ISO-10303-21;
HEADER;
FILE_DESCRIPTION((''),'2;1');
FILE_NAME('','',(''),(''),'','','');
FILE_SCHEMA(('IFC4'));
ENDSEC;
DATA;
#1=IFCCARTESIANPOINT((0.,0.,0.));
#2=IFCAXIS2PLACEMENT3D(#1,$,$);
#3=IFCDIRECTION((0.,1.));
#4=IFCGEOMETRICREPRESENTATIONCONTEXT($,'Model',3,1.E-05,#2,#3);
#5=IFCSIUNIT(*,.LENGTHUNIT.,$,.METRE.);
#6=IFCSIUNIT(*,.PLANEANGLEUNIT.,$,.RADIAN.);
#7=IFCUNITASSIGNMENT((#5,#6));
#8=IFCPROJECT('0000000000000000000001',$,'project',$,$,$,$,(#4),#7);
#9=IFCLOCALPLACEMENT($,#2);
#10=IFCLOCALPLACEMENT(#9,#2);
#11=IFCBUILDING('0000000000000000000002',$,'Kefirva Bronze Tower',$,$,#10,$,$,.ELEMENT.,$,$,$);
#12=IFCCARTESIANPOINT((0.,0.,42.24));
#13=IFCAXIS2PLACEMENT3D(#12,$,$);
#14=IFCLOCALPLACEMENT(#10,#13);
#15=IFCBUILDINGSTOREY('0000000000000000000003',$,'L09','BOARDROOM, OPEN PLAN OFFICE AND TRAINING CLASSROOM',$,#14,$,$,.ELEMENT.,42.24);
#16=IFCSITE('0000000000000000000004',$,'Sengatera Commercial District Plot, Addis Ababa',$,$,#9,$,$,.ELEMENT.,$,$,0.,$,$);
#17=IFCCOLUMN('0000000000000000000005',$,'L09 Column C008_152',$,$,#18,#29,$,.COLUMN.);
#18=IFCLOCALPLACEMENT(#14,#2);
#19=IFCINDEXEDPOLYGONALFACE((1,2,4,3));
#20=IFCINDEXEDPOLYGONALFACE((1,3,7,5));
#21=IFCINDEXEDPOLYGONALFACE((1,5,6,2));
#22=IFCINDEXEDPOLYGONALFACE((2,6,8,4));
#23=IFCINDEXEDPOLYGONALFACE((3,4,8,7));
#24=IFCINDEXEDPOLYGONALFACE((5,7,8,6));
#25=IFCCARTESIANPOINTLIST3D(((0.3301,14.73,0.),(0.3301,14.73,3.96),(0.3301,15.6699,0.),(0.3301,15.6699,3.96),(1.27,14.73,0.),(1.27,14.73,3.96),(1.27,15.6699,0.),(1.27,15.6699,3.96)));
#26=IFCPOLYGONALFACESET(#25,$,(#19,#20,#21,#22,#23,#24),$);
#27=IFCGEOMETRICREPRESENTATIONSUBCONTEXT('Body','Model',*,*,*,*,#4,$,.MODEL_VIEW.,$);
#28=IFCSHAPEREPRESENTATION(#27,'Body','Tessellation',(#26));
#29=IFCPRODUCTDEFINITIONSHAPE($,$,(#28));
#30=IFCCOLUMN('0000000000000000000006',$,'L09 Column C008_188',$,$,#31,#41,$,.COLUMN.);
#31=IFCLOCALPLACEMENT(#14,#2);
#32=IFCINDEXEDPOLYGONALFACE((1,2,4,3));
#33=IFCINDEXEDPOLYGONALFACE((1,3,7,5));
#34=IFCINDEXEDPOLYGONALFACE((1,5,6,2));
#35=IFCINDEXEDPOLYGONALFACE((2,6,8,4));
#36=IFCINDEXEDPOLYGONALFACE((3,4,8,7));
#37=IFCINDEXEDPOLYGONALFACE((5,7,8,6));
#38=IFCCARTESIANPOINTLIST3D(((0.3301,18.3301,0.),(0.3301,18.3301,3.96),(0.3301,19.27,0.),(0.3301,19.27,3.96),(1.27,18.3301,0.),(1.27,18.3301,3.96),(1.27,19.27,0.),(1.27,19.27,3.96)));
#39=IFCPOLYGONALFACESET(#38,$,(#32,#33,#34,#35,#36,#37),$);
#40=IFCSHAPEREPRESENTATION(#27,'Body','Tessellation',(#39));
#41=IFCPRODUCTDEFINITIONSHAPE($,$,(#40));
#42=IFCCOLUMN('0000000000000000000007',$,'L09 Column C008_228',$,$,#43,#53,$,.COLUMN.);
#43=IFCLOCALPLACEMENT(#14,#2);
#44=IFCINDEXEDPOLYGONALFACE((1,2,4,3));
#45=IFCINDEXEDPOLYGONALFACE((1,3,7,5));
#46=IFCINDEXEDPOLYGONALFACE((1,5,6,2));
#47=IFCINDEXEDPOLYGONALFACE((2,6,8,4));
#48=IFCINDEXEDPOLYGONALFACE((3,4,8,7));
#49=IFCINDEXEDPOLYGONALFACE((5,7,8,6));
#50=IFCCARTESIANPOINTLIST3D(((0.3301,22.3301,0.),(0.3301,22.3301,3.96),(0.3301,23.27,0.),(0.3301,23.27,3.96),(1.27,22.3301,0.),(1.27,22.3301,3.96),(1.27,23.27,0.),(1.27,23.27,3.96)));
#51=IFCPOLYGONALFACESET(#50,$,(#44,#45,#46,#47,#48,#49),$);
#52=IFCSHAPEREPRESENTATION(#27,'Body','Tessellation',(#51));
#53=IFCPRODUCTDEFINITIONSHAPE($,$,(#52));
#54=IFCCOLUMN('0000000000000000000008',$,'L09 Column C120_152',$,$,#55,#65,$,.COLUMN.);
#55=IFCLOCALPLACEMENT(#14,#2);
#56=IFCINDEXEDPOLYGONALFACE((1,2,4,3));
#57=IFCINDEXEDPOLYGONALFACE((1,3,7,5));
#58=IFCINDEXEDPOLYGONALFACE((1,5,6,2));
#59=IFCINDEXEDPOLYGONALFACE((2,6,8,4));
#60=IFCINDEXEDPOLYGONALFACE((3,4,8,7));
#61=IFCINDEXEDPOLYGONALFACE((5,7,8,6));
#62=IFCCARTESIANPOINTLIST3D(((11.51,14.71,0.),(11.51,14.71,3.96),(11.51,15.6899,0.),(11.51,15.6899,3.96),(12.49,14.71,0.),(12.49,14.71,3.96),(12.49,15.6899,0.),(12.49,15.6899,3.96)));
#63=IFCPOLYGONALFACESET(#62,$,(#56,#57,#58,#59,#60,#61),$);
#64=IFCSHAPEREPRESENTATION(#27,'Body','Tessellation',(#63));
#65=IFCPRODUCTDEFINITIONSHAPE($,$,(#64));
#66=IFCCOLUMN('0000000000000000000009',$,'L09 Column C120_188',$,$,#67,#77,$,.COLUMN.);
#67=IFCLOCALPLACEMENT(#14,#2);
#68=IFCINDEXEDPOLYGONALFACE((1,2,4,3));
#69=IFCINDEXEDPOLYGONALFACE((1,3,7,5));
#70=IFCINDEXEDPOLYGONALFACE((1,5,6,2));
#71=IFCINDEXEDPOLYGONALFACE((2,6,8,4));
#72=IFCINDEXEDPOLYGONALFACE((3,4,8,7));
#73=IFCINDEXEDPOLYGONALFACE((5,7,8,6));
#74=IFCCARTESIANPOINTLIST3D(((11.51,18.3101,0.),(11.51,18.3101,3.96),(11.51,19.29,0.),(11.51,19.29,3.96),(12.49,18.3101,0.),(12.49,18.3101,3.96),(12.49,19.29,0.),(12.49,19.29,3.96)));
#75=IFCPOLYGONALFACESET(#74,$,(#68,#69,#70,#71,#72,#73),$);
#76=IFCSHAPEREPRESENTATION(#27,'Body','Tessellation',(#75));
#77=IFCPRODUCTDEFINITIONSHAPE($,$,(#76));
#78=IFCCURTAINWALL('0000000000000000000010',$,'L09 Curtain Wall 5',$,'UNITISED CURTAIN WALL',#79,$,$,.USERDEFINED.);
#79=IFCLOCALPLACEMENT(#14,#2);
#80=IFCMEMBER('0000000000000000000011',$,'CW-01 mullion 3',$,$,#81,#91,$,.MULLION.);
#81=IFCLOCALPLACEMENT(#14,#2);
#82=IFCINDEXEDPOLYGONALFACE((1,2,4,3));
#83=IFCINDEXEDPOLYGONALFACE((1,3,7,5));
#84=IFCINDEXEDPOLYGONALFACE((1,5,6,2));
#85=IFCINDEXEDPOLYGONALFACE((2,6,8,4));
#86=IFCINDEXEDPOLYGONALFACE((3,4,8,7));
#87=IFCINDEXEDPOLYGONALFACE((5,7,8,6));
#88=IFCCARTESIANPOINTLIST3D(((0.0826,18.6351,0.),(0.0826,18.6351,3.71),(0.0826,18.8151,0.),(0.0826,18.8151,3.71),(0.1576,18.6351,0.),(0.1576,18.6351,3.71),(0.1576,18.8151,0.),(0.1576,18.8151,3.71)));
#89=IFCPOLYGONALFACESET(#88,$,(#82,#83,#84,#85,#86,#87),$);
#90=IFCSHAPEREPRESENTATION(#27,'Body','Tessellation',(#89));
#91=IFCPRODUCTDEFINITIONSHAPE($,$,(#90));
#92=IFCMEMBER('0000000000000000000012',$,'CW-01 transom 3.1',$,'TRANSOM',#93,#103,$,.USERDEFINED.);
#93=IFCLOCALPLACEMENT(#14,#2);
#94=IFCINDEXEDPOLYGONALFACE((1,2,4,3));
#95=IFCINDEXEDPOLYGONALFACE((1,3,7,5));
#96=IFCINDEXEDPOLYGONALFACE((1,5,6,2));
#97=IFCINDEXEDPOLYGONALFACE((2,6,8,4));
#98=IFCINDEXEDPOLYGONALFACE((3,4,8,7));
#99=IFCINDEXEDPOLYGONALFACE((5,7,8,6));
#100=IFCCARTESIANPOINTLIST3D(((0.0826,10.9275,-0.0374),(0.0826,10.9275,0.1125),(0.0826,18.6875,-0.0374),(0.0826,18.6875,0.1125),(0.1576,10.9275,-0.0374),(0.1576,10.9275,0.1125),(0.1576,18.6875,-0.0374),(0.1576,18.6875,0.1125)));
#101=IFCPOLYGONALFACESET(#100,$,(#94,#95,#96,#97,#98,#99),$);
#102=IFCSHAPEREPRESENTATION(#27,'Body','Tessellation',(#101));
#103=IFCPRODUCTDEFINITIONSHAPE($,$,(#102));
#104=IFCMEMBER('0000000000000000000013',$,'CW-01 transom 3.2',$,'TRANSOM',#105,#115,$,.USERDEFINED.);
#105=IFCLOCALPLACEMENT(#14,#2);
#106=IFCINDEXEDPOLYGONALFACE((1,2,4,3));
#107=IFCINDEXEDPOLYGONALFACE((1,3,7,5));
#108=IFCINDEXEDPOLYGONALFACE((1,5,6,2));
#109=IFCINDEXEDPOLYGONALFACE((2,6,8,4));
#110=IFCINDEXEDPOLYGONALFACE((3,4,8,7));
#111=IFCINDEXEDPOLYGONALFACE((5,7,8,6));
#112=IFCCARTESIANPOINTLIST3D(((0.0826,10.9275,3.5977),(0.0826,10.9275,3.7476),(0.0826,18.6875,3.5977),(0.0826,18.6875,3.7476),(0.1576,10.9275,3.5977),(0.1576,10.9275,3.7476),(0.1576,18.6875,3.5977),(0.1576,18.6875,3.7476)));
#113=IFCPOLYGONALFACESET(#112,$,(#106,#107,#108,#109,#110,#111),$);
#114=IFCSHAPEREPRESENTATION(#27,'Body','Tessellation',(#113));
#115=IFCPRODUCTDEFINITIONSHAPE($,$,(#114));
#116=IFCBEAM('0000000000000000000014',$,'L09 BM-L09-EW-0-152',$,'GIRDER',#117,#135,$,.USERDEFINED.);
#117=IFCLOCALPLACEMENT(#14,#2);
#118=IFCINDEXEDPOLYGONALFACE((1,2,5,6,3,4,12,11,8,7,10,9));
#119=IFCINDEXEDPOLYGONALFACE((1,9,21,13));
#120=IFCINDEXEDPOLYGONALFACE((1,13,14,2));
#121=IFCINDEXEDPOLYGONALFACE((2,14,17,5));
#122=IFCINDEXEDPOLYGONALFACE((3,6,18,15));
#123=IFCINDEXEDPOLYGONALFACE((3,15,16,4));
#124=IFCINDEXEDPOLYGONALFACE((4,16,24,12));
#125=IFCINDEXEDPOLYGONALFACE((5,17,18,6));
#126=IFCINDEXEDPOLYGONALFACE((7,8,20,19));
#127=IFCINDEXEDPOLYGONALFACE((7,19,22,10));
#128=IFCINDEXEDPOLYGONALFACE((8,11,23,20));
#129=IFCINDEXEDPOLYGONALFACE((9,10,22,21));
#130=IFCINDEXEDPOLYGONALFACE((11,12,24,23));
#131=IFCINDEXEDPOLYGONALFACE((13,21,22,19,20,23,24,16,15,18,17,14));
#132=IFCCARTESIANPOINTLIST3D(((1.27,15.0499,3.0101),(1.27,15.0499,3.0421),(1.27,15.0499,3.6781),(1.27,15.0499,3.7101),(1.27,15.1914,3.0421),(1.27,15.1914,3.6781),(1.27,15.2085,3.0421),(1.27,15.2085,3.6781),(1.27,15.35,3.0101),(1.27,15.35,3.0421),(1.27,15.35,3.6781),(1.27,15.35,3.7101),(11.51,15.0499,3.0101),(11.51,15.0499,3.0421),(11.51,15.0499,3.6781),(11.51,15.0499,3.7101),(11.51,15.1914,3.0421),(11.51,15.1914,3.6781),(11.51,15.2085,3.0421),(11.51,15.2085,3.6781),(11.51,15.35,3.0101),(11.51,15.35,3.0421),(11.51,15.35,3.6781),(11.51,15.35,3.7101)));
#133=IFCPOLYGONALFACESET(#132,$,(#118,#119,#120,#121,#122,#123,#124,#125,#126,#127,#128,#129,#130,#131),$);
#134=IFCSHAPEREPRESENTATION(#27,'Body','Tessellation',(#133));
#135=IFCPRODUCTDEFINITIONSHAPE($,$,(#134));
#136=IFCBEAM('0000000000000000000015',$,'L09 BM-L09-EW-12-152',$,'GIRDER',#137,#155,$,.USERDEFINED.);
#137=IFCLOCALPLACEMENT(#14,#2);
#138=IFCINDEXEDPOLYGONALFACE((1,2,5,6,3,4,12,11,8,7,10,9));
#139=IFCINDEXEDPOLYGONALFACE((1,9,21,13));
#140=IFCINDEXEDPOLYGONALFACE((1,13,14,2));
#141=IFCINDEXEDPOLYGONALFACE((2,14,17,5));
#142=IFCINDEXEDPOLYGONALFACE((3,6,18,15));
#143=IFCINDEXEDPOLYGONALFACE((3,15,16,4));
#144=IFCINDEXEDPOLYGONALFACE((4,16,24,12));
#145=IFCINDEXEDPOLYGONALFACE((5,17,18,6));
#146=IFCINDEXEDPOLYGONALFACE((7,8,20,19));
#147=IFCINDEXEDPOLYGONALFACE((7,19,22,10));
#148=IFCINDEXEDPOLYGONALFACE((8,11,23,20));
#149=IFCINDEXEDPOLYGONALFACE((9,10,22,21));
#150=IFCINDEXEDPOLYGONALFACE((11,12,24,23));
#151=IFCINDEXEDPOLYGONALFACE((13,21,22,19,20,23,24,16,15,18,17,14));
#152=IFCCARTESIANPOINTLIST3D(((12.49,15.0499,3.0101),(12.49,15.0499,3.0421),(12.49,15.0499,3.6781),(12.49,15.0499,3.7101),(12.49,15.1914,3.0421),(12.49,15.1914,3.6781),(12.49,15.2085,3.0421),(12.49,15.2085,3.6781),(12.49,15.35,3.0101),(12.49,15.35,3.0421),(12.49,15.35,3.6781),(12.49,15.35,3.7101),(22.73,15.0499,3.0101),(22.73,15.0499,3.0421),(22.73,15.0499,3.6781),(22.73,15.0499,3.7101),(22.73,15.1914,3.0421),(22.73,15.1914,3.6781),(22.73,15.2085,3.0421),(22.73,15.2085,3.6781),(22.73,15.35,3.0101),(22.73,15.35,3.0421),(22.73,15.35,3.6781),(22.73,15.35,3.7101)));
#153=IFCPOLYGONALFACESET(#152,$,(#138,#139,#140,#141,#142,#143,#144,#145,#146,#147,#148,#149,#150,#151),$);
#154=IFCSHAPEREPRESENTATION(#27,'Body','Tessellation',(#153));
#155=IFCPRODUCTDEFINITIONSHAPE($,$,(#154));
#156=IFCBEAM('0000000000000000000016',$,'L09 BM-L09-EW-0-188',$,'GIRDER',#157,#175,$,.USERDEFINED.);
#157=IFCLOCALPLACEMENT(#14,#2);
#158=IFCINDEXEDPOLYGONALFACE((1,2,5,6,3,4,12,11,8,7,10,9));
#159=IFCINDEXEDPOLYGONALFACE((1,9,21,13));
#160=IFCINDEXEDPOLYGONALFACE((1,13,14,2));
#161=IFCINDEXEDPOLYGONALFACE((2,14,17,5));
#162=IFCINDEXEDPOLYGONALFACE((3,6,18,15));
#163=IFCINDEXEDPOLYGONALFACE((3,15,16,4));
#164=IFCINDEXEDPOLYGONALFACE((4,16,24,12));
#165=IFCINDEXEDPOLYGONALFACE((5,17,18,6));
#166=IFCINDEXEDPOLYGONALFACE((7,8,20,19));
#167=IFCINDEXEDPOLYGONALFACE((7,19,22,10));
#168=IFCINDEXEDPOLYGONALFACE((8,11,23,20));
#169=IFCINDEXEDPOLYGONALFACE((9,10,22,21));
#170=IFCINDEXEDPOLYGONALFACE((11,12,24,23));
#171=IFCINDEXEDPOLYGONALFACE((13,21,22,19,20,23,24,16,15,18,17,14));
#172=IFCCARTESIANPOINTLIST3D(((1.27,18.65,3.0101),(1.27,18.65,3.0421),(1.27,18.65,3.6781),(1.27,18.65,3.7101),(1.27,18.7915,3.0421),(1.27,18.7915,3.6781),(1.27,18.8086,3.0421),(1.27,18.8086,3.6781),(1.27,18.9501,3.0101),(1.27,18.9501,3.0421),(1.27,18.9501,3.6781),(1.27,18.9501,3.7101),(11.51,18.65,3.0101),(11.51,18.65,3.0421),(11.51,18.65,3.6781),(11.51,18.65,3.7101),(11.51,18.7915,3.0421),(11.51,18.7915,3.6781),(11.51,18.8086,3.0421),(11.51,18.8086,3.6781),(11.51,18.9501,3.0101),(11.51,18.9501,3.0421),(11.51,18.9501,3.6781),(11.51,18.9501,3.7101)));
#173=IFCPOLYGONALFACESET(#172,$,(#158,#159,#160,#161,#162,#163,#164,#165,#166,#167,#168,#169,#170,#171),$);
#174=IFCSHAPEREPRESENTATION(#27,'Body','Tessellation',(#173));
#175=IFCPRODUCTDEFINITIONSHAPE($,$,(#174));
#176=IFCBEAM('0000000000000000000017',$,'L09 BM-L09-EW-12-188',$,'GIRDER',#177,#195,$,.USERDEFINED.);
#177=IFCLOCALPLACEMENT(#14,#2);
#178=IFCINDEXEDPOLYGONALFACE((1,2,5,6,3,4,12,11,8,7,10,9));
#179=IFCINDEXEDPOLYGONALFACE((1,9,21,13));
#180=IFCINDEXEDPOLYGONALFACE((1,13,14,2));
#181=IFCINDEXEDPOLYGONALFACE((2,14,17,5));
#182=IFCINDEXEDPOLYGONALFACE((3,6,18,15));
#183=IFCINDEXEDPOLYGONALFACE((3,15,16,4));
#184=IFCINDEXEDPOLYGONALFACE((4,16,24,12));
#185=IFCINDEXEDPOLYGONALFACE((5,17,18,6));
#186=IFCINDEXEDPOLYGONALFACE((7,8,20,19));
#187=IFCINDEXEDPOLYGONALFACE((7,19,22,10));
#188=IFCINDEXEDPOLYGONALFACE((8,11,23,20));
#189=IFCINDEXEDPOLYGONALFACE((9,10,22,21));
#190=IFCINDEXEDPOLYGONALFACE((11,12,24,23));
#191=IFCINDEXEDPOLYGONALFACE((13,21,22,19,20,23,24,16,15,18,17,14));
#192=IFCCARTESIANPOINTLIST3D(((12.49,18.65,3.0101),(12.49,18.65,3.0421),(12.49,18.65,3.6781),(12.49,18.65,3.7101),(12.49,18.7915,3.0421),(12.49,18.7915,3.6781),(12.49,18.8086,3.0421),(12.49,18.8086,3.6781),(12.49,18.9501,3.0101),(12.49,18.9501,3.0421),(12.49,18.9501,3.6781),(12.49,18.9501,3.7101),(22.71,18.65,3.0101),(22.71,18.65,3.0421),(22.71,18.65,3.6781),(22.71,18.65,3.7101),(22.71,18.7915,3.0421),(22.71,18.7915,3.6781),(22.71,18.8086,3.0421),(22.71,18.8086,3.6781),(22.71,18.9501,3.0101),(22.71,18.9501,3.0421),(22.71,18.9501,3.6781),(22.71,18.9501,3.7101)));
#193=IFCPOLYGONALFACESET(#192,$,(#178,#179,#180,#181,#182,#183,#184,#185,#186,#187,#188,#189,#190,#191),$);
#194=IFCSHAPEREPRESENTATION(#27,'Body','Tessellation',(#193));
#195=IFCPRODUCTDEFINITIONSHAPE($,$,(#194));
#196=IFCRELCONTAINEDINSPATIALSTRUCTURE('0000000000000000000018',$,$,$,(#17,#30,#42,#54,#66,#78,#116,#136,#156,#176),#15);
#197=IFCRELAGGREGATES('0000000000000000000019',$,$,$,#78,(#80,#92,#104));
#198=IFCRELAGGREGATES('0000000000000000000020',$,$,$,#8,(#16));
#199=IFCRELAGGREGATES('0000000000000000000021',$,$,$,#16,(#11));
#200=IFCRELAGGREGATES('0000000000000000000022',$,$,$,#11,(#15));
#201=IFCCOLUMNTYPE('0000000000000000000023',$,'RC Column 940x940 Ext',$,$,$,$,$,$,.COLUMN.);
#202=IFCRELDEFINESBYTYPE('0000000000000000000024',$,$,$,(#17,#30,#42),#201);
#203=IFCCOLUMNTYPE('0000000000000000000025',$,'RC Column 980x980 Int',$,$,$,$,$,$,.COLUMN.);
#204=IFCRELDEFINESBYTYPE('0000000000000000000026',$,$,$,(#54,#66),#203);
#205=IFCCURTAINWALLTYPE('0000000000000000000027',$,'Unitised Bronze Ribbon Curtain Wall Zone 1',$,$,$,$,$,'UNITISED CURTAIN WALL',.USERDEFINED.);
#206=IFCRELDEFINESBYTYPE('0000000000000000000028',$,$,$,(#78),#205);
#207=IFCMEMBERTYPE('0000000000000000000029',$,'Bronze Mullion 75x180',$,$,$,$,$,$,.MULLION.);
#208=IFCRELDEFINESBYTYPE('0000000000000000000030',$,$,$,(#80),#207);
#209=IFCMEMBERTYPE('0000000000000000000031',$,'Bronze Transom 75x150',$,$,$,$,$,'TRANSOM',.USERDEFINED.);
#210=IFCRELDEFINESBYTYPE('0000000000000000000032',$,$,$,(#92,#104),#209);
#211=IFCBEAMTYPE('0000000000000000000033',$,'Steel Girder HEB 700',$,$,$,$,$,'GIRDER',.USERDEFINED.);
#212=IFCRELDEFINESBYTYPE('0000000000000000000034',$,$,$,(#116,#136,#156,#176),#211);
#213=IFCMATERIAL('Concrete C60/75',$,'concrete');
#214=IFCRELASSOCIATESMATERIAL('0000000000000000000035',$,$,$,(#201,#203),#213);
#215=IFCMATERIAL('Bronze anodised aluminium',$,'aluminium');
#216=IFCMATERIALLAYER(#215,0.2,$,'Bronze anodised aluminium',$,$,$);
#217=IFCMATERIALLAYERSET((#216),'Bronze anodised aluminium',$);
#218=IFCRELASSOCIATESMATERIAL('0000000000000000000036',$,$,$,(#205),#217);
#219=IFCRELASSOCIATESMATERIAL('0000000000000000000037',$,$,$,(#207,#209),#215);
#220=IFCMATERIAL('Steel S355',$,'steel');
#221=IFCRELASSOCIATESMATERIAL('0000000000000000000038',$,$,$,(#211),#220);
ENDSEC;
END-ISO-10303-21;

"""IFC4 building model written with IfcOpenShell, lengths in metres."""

from ifc_helpers import new_model, si_unit, direction, frame, origin, origin_2d, place, context, subcontext, project, spatial, rectangle, i_section, extrude, material, layer, layer_set, material_profile, profile_set, type_object, element, aggregate, save


model = new_model("IFC4")

# Units and contexts
model_context = context("Model", 3, precision=1e-05, world=origin(), true_north=direction((0.0, 1.0)))
body_context = subcontext(model_context, "Body", "Model", "MODEL_VIEW")
ifc_project = project(units=[si_unit("LENGTHUNIT", "METRE"), si_unit("PLANEANGLEUNIT", "RADIAN")], contexts=[model_context])

# Site, building, storey
site_placement = place(None, origin())
site = spatial("IfcSite", under=ifc_project, at=site_placement, Name="Sengatera Commercial District Plot, Addis Ababa", CompositionType="ELEMENT", RefElevation=0.0)
building_placement = place(site_placement, origin())
building = spatial("IfcBuilding", under=site, at=building_placement, Name="Kefirva Bronze Tower", CompositionType="ELEMENT")
storey_placement = place(building_placement, frame((0.0, 0.0, 42.24)))
storey = spatial("IfcBuildingStorey", under=building, at=storey_placement, Name="L09", Description="BOARDROOM, OPEN PLAN OFFICE AND TRAINING CLASSROOM", CompositionType="ELEMENT", Elevation=42.24)

# Columns
ifc_material_1 = material(Name="Concrete C60/75", Category="concrete")
ifc_material_profile_1 = material_profile(ifc_material_1, rectangle(XDim=0.9399, YDim=0.9399, at=origin_2d()), Name="RC 940x940")
ifc_profile_set_1 = profile_set([ifc_material_profile_1], Name="Concrete C60/75")
column_type_1 = type_object("IfcColumnType", Name="RC Column 940x940 Ext", PredefinedType="COLUMN", material=ifc_profile_set_1)
for number, where, z_axis, x_axis, name in (
    (1, (0.8, 15.2, 0.0), (0.0, 0.0, 1.0), (1.0, 0.0, 0.0), "L09 Column C008_152"),
    (2, (0.8, 18.8, 0.0), (0.0, 0.0, 1.0), (1.0, 0.0, 0.0), "L09 Column C008_188"),
    (3, (0.8, 22.8, 0.0), (0.0, 0.0, 1.0), (1.0, 0.0, 0.0), "L09 Column C008_228"),
):
    element("IfcColumn", number, at=place(storey_placement, frame(where, z_axis=z_axis, x_axis=x_axis)), inside=storey, type_object=column_type_1, Name=name, PredefinedType="COLUMN", context=body_context, shape_type="SweptSolid", body=[
        extrude(rectangle(XDim=0.9399, YDim=0.9399, at=origin_2d()), origin(), (0.0, 0.0, 1.0), 3.96),
    ])
ifc_material_profile_2 = material_profile(ifc_material_1, rectangle(XDim=0.98, YDim=0.98, at=origin_2d()), Name="RC 980x980")
ifc_profile_set_2 = profile_set([ifc_material_profile_2], Name="Concrete C60/75")
column_type_2 = type_object("IfcColumnType", Name="RC Column 980x980 Int", PredefinedType="COLUMN", material=ifc_profile_set_2)
for number, where, z_axis, x_axis, name in (
    (4, (12.0, 15.2, 0.0), (0.0, 0.0, 1.0), (1.0, 0.0, 0.0), "L09 Column C120_152"),
    (5, (12.0, 18.8, 0.0), (0.0, 0.0, 1.0), (1.0, 0.0, 0.0), "L09 Column C120_188"),
):
    element("IfcColumn", number, at=place(storey_placement, frame(where, z_axis=z_axis, x_axis=x_axis)), inside=storey, type_object=column_type_2, Name=name, PredefinedType="COLUMN", context=body_context, shape_type="SweptSolid", body=[
        extrude(rectangle(XDim=0.98, YDim=0.98, at=origin_2d()), origin(), (0.0, 0.0, 1.0), 3.96),
    ])

# Curtain wall, members
ifc_material_2 = material(Name="Bronze anodised aluminium", Category="aluminium")
ifc_layer_1 = layer(ifc_material_2, 0.2, Name="Bronze anodised aluminium")
ifc_layer_set_1 = layer_set([ifc_layer_1], Name="Bronze anodised aluminium")
curtain_wall_type = type_object("IfcCurtainWallType", Name="Unitised Bronze Ribbon Curtain Wall Zone 1", ElementType="UNITISED CURTAIN WALL", PredefinedType="USERDEFINED", material=ifc_layer_set_1)
curtain_wall_placement = place(storey_placement, origin())
curtain_wall = element("IfcCurtainWall", 6, at=curtain_wall_placement, inside=storey, type_object=curtain_wall_type, Name="L09 Curtain Wall 5", ObjectType="UNITISED CURTAIN WALL", PredefinedType="USERDEFINED")
ifc_material_profile_3 = material_profile(ifc_material_2, rectangle(XDim=0.075, YDim=0.1799, at=origin_2d()), Name="ALU 75x180")
ifc_profile_set_3 = profile_set([ifc_material_profile_3], Name="Bronze anodised aluminium")
member_type_1 = type_object("IfcMemberType", Name="Bronze Mullion 75x180", PredefinedType="MULLION", material=ifc_profile_set_3)
member_1_placement = place(storey_placement, frame((0.1201, 18.7251, 0.0), z_axis=(0.0, 0.0, 1.0), x_axis=(1.0, 0.0, 0.0)))
member_1 = element("IfcMember", 7, at=member_1_placement, type_object=member_type_1, Name="CW-01 mullion 3", PredefinedType="MULLION", context=body_context, shape_type="SweptSolid", body=[
    extrude(rectangle(XDim=0.075, YDim=0.1799, at=origin_2d()), origin(), (0.0, 0.0, 1.0), 3.71),
])
ifc_material_profile_4 = material_profile(ifc_material_2, rectangle(XDim=0.075, YDim=0.1499, at=origin_2d()), Name="ALU 75x150")
ifc_profile_set_4 = profile_set([ifc_material_profile_4], Name="Bronze anodised aluminium")
member_type_2 = type_object("IfcMemberType", Name="Bronze Transom 75x150", ElementType="TRANSOM", PredefinedType="USERDEFINED", material=ifc_profile_set_4)
member_2_placement = place(storey_placement, frame((0.1201, 18.6875, 0.0376), z_axis=(0.0, -1.0, 0.0), x_axis=(1.0, 0.0, 0.0)))
member_2 = element("IfcMember", 8, at=member_2_placement, type_object=member_type_2, Name="CW-01 transom 3.1", ObjectType="TRANSOM", PredefinedType="USERDEFINED", context=body_context, shape_type="SweptSolid", body=[
    extrude(rectangle(XDim=0.075, YDim=0.1499, at=origin_2d()), origin(), (0.0, 0.0, 1.0), 7.76),
])
member_3_placement = place(storey_placement, frame((0.1201, 18.6875, 3.6726), z_axis=(0.0, -1.0, 0.0), x_axis=(1.0, 0.0, 0.0)))
member_3 = element("IfcMember", 9, at=member_3_placement, type_object=member_type_2, Name="CW-01 transom 3.2", ObjectType="TRANSOM", PredefinedType="USERDEFINED", context=body_context, shape_type="SweptSolid", body=[
    extrude(rectangle(XDim=0.075, YDim=0.1499, at=origin_2d()), origin(), (0.0, 0.0, 1.0), 7.76),
])

# Beams
ifc_material_3 = material(Name="Steel S355", Category="steel")
ifc_material_profile_5 = material_profile(ifc_material_3, i_section(OverallWidth=0.3, OverallDepth=0.7, WebThickness=0.0171, FlangeThickness=0.032, at=origin_2d()), Name="HEB 700")
ifc_profile_set_5 = profile_set([ifc_material_profile_5], Name="Steel S355")
beam_type_1 = type_object("IfcBeamType", Name="Steel Girder HEB 700", ElementType="GIRDER", PredefinedType="USERDEFINED", material=ifc_profile_set_5)
for number, where, z_axis, x_axis, name in (
    (10, (1.27, 15.2, 3.3601), (1.0, 0.0, 0.0), (0.0, 1.0, 0.0), "L09 BM-L09-EW-0-152"),
    (11, (12.49, 15.2, 3.3601), (1.0, 0.0, 0.0), (0.0, 1.0, 0.0), "L09 BM-L09-EW-12-152"),
    (12, (1.27, 18.8, 3.3601), (1.0, 0.0, 0.0), (0.0, 1.0, 0.0), "L09 BM-L09-EW-0-188"),
):
    element("IfcBeam", number, at=place(storey_placement, frame(where, z_axis=z_axis, x_axis=x_axis)), inside=storey, type_object=beam_type_1, Name=name, ObjectType="GIRDER", PredefinedType="USERDEFINED", context=body_context, shape_type="SweptSolid", body=[
        extrude(i_section(OverallWidth=0.3, OverallDepth=0.7, WebThickness=0.0171, FlangeThickness=0.032, at=origin_2d()), origin(), (0.0, 0.0, 1.0), 10.24),
    ])
beam_1_placement = place(storey_placement, frame((12.49, 18.8, 3.3601), z_axis=(1.0, 0.0, 0.0), x_axis=(0.0, 1.0, 0.0)))
element("IfcBeam", 13, at=beam_1_placement, inside=storey, type_object=beam_type_1, Name="L09 BM-L09-EW-12-188", ObjectType="GIRDER", PredefinedType="USERDEFINED", context=body_context, shape_type="SweptSolid", body=[
    extrude(i_section(OverallWidth=0.3, OverallDepth=0.7, WebThickness=0.0171, FlangeThickness=0.032, at=origin_2d()), origin(), (0.0, 0.0, 1.0), 10.22),
])

aggregate(curtain_wall, [member_1, member_2, member_3])

save(model, "model.ifc")
